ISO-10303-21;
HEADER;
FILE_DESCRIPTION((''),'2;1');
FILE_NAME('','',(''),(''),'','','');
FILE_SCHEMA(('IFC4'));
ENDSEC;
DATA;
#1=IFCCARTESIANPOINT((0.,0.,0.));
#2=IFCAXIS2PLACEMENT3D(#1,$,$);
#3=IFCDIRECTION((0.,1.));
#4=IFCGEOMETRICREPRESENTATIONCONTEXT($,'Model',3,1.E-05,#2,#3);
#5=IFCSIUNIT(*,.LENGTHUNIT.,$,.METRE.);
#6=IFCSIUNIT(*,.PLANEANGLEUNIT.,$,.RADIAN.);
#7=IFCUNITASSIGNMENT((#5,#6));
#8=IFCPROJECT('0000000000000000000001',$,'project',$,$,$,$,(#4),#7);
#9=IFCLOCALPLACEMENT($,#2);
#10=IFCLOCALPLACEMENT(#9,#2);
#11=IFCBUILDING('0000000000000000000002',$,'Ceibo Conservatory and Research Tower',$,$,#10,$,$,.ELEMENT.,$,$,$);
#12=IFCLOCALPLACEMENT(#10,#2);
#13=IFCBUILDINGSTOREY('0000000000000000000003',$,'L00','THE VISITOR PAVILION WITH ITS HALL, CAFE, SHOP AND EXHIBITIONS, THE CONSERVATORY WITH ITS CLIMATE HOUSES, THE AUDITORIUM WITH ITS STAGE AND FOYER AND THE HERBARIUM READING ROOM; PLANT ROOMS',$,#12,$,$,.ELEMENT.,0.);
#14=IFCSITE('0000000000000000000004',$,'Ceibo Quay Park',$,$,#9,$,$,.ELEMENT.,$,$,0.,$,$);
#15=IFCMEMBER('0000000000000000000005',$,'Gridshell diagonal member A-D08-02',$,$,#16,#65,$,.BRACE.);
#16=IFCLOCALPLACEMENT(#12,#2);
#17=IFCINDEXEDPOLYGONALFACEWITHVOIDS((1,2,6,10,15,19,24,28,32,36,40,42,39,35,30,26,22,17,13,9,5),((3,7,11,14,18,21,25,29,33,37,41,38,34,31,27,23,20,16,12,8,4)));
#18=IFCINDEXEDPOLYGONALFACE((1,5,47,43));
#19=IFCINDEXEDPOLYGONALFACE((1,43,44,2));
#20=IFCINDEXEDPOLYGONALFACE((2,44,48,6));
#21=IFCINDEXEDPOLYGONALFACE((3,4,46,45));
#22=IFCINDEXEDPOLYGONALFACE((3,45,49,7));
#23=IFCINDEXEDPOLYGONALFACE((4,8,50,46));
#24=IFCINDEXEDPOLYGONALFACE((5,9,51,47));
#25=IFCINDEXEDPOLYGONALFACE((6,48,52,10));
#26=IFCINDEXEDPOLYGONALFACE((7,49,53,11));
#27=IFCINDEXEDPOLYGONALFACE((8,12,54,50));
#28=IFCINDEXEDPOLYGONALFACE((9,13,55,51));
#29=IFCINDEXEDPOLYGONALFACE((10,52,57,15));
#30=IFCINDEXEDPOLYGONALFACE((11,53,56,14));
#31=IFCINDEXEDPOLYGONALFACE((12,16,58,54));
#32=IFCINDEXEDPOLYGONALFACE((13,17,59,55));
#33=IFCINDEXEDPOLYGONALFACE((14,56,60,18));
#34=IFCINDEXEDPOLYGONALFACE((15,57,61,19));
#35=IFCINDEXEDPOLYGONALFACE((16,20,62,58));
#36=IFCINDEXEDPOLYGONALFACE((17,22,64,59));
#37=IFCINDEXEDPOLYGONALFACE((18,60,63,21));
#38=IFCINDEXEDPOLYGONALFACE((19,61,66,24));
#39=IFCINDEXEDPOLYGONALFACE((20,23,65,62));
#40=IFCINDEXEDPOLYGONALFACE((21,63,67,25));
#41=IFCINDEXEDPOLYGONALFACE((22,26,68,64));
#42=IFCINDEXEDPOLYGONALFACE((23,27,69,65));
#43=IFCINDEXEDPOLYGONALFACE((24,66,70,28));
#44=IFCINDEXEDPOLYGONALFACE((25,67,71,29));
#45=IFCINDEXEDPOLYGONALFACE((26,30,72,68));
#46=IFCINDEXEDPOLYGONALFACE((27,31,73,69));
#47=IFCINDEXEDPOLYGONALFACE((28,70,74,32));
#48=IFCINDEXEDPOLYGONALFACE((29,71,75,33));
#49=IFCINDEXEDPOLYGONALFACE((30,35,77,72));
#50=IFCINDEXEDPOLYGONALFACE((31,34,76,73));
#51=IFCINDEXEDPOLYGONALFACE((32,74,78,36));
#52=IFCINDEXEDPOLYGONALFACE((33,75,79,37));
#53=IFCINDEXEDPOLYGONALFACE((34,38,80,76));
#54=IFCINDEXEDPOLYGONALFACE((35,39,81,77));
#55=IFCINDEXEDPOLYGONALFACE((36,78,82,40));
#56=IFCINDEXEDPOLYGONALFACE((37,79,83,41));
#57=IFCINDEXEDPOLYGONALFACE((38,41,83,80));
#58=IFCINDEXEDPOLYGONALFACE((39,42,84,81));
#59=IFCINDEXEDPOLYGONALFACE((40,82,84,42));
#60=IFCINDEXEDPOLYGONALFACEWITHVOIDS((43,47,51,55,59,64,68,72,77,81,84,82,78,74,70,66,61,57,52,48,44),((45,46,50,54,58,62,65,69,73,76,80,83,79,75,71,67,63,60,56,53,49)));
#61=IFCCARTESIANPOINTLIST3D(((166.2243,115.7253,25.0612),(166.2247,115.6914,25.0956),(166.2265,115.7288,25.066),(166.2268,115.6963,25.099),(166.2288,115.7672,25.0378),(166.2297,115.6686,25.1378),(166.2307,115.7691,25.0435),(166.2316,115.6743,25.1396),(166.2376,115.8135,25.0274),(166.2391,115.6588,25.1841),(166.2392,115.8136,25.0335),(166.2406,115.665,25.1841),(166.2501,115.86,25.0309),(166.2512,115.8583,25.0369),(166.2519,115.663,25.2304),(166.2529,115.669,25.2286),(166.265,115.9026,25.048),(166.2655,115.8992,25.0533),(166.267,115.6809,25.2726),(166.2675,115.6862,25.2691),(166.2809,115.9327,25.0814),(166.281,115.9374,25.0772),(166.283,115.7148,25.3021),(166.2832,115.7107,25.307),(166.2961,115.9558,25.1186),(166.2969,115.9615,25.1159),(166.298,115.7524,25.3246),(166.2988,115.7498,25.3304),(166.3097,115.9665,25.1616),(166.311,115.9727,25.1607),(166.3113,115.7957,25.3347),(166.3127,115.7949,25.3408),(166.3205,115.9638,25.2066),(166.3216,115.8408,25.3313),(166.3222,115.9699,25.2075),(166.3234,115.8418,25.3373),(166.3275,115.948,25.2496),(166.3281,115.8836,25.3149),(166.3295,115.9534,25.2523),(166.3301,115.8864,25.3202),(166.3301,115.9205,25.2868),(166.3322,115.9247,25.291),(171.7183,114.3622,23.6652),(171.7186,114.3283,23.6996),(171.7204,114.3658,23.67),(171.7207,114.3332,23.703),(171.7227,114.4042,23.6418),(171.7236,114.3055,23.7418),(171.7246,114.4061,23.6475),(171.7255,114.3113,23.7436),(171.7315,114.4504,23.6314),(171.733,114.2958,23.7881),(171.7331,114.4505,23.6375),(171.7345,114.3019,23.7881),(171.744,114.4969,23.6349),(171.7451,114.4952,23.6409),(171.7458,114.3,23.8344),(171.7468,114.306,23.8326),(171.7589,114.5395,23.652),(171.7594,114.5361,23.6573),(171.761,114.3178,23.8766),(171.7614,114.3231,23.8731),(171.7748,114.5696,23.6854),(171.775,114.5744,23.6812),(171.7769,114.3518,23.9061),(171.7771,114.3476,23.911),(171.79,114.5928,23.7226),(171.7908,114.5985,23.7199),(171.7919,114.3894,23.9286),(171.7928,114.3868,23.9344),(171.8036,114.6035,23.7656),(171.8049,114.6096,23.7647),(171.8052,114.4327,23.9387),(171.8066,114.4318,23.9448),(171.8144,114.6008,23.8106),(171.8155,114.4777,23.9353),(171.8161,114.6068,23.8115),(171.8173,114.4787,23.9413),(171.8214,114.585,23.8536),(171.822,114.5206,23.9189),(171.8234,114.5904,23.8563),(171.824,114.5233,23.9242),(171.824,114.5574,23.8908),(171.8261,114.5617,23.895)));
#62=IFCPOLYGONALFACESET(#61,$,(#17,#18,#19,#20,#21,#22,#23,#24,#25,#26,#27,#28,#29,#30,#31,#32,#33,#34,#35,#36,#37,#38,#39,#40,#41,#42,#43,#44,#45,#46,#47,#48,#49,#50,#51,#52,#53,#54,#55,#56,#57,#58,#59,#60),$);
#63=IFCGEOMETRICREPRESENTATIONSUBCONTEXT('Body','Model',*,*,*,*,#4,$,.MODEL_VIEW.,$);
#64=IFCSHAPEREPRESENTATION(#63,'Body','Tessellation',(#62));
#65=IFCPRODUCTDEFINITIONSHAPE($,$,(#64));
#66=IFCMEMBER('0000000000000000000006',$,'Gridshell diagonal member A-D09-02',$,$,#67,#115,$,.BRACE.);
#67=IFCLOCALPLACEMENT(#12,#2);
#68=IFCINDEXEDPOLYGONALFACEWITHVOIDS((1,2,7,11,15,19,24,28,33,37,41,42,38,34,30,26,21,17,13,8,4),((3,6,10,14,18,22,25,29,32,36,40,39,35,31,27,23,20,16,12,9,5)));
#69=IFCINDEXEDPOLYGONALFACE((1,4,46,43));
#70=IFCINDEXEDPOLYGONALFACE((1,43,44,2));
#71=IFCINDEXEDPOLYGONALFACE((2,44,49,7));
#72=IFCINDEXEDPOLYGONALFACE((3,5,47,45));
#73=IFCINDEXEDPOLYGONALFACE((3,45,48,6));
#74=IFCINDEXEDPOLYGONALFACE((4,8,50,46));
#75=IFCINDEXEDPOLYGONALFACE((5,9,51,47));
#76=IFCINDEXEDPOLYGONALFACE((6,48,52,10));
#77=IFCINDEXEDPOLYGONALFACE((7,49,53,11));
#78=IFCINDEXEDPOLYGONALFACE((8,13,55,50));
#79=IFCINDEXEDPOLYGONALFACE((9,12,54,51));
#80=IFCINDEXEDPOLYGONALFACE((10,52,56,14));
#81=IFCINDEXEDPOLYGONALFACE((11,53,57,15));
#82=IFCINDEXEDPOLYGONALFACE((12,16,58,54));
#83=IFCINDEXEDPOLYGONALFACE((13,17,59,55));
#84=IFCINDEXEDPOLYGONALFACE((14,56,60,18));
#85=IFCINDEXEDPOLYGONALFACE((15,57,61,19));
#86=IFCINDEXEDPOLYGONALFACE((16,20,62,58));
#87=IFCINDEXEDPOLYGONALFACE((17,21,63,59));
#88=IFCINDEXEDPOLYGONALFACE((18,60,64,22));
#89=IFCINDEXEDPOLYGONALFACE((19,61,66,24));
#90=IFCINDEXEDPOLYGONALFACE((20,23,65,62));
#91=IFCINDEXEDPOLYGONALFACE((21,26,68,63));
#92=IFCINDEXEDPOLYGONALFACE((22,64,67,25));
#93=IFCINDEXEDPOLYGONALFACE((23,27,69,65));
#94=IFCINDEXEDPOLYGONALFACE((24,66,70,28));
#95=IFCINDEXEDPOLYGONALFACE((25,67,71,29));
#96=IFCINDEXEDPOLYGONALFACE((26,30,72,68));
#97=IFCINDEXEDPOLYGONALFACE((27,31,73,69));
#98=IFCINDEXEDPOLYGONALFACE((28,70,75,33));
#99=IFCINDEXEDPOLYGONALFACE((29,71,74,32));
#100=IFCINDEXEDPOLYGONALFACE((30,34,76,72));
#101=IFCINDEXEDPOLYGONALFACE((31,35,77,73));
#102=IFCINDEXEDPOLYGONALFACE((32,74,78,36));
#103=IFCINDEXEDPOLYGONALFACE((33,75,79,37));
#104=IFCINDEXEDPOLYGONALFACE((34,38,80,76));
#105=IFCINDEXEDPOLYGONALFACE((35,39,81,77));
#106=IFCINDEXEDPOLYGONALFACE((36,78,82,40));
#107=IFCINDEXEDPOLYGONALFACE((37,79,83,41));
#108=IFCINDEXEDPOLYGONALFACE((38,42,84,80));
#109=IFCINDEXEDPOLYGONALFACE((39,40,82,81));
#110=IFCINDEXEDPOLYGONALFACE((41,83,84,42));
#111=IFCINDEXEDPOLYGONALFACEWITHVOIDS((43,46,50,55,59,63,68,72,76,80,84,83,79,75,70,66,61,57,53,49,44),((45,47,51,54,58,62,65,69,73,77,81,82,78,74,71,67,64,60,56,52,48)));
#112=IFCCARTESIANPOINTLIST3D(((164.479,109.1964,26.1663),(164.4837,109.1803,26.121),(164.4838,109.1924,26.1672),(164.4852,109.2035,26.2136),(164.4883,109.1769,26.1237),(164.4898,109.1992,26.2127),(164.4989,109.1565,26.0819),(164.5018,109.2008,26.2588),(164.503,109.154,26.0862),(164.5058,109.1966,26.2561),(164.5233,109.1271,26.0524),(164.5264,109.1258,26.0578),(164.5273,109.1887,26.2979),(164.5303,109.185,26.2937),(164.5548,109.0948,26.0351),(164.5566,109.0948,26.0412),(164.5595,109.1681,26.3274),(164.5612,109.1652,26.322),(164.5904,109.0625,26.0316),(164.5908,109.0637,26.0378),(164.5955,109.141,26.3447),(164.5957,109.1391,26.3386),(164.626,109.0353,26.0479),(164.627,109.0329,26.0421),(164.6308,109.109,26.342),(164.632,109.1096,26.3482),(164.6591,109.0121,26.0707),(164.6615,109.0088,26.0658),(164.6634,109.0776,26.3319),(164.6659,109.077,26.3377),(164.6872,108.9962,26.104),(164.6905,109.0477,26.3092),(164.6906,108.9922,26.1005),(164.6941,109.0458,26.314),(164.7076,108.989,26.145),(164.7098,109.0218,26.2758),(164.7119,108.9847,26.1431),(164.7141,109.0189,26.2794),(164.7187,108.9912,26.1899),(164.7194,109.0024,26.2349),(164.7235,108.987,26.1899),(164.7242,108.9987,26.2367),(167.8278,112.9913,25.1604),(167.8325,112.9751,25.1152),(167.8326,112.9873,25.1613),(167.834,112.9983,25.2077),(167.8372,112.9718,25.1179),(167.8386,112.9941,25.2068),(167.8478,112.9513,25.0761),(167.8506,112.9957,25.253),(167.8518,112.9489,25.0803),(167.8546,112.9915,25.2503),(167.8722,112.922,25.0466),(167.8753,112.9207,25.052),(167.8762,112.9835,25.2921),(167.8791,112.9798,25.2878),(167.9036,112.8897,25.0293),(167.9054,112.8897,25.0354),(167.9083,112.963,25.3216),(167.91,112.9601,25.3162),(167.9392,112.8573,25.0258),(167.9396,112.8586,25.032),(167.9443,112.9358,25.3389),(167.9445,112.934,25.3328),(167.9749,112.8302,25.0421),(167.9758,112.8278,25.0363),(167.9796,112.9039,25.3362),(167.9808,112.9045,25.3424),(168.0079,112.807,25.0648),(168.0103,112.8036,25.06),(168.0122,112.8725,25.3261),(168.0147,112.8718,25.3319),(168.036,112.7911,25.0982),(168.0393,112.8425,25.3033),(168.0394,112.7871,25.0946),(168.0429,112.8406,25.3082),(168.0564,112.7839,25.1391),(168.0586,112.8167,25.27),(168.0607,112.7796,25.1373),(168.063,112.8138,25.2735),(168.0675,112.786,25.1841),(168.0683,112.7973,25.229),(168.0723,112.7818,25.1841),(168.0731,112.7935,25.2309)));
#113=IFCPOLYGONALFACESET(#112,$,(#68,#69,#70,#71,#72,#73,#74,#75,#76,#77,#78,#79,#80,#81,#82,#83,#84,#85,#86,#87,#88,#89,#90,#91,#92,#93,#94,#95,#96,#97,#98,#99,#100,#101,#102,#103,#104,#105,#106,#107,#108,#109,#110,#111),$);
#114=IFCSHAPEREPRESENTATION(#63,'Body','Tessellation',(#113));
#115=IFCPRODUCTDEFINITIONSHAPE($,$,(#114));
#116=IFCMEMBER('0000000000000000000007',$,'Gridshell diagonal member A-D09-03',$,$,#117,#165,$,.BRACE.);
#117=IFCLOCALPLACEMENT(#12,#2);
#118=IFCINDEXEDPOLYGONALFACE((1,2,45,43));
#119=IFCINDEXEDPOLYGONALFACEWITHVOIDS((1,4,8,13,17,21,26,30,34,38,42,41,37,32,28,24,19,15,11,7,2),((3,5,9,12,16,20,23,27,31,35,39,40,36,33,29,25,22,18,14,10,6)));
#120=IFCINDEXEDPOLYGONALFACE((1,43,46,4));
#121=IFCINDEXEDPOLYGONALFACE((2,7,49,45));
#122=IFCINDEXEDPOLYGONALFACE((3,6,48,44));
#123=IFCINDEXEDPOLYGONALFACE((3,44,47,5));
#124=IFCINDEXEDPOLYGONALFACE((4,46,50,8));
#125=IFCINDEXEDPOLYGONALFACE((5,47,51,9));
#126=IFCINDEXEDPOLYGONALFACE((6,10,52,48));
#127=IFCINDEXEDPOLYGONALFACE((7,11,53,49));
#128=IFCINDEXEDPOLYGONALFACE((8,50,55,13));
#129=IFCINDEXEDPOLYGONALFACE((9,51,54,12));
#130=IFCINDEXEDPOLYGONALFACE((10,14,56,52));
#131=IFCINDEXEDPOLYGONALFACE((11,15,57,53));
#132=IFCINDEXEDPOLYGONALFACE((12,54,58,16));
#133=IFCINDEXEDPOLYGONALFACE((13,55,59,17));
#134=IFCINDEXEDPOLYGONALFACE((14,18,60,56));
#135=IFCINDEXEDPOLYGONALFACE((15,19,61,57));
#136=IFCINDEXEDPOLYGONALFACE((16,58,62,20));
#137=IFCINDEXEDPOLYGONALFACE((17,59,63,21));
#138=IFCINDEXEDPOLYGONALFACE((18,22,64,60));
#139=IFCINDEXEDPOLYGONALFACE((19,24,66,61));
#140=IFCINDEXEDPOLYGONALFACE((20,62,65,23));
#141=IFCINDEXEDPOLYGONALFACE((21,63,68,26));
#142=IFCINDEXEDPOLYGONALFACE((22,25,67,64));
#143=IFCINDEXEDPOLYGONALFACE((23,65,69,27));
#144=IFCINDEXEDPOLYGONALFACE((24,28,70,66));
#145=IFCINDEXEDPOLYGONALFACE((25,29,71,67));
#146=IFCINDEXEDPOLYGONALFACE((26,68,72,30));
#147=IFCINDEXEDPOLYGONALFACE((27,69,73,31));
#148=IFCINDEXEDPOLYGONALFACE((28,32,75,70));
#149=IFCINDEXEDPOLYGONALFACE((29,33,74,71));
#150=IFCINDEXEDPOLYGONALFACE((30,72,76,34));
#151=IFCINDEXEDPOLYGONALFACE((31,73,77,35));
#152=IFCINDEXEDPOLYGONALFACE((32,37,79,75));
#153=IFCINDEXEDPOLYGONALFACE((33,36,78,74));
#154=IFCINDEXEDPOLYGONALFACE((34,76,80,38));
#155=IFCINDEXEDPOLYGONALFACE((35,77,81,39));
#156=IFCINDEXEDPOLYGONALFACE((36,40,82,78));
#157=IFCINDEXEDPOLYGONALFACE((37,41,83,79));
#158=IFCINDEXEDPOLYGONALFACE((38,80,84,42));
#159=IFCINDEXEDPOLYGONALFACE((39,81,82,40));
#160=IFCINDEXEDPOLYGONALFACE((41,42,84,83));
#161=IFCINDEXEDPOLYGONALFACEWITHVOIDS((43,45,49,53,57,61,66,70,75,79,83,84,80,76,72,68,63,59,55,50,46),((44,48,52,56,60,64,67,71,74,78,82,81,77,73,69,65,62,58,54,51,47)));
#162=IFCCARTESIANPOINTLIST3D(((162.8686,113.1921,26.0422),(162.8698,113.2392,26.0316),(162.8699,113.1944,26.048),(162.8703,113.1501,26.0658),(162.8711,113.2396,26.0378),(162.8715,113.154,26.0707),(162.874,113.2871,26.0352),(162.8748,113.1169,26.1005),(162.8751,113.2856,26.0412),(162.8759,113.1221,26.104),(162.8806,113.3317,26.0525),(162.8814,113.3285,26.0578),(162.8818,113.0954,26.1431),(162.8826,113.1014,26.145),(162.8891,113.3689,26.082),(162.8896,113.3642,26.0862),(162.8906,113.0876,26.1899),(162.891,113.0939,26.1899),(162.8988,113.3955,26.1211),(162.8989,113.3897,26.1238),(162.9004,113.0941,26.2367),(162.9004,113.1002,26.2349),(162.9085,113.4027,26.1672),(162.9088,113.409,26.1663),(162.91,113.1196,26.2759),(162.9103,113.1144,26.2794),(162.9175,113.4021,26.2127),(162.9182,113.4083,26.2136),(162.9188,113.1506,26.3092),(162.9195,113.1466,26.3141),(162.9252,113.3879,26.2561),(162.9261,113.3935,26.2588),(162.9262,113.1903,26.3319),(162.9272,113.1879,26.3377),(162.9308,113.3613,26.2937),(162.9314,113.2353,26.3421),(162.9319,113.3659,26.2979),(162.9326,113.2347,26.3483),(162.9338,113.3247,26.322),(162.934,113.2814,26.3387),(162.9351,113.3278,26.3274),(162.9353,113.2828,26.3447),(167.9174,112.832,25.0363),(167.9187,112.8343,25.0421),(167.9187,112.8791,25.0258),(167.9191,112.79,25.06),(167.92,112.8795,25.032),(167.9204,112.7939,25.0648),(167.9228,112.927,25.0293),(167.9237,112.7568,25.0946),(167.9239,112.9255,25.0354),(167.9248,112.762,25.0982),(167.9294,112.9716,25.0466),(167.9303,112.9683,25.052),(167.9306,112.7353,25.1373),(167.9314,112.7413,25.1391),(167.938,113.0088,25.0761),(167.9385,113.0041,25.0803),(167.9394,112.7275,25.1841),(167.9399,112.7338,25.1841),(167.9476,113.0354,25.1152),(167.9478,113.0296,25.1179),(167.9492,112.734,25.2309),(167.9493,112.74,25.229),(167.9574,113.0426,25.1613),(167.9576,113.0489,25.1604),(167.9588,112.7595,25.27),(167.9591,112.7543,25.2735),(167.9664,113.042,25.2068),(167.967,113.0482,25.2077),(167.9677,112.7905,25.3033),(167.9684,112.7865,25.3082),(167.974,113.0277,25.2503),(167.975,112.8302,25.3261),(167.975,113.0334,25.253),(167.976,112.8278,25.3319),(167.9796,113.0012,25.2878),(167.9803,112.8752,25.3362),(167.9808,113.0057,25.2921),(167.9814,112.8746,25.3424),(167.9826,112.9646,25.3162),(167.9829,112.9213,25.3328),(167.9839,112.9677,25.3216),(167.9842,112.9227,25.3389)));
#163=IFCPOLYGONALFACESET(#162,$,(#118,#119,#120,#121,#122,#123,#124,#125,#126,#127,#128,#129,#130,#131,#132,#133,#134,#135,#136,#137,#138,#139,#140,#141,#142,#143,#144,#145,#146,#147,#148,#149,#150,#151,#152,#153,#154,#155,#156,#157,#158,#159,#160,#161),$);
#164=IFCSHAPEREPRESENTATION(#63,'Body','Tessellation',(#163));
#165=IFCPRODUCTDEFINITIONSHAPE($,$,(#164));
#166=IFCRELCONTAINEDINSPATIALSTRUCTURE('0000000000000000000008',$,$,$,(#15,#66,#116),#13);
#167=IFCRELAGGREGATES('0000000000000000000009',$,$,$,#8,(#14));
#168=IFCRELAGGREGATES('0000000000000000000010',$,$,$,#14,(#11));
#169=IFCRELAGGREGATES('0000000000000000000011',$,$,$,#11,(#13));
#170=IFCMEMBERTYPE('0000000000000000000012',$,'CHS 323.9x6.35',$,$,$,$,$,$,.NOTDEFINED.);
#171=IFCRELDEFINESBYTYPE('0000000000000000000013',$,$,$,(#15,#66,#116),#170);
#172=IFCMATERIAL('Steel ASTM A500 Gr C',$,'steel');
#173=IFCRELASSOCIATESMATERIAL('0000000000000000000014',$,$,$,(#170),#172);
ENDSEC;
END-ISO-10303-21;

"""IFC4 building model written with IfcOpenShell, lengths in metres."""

from ifc_helpers import new_model, si_unit, direction, frame, origin, origin_2d, place, context, subcontext, project, spatial, hollow_circle, extrude, material, material_profile, profile_set, type_object, element, save


model = new_model("IFC4")

# Units and contexts
model_context = context("Model", 3, precision=1e-05, world=origin(), true_north=direction((0.0, 1.0)))
body_context = subcontext(model_context, "Body", "Model", "MODEL_VIEW")
ifc_project = project(units=[si_unit("LENGTHUNIT", "METRE"), si_unit("PLANEANGLEUNIT", "RADIAN")], contexts=[model_context])

# Site, building, storey
site_placement = place(None, origin())
site = spatial("IfcSite", under=ifc_project, at=site_placement, Name="Ceibo Quay Park", CompositionType="ELEMENT", RefElevation=0.0)
building_placement = place(site_placement, origin())
building = spatial("IfcBuilding", under=site, at=building_placement, Name="Ceibo Conservatory and Research Tower", CompositionType="ELEMENT")
storey_placement = place(building_placement, origin())
storey = spatial("IfcBuildingStorey", under=building, at=storey_placement, Name="L00", Description="THE VISITOR PAVILION WITH ITS HALL, CAFE, SHOP AND EXHIBITIONS, THE CONSERVATORY WITH ITS CLIMATE HOUSES, THE AUDITORIUM WITH ITS STAGE AND FOYER AND THE HERBARIUM READING ROOM; PLANT ROOMS", CompositionType="ELEMENT", Elevation=0.0)

# Members
ifc_material_1 = material(Name="Steel ASTM A500 Gr C", Category="steel")
ifc_material_profile_1 = material_profile(ifc_material_1, hollow_circle(Radius=0.1619, WallThickness=0.0063, at=origin_2d()), Name="CHS 323.9x6.35")
ifc_profile_set_1 = profile_set([ifc_material_profile_1], Name="Steel ASTM A500 Gr C")
member_type_1 = type_object("IfcMemberType", Name="CHS 323.9x6.35", PredefinedType="NOTDEFINED", material=ifc_profile_set_1)
for number, where, z_axis, x_axis, name in (
    (1, (171.772, 114.4529, 23.7881), (-0.94234, 0.233795, 0.239448), (-0.2408, -0.970575, 0.0), "Gridshell diagonal member A-D08-02"),
):
    element("IfcMember", number, at=place(storey_placement, frame(where, z_axis=z_axis, x_axis=x_axis)), inside=storey, type_object=member_type_1, Name=name, PredefinedType="BRACE", context=body_context, shape_type="SweptSolid", body=[
        extrude(hollow_circle(Radius=0.1619, WallThickness=0.0063, at=origin_2d()), origin(), (0.0, 0.0, 1.0), 5.8301),
    ])
member_1_placement = place(storey_placement, frame((167.9509, 112.8889, 25.1841), z_axis=(-0.648976, -0.735415, 0.194925), x_axis=(0.749797, -0.661668, 0.0)))
element("IfcMember", 2, at=member_1_placement, inside=storey, type_object=member_type_1, Name="Gridshell diagonal member A-D09-02", PredefinedType="BRACE", context=body_context, shape_type="SweptSolid", body=[
    extrude(hollow_circle(Radius=0.1619, WallThickness=0.0063, at=origin_2d()), origin(), (0.0, 0.0, 1.0), 5.1602),
])
member_2_placement = place(storey_placement, frame((167.9509, 112.8889, 25.1841), z_axis=(-0.978336, 0.06978, 0.19491), x_axis=(-0.071144, -0.997466, 0.0)))
element("IfcMember", 3, at=member_2_placement, inside=storey, type_object=member_type_1, Name="Gridshell diagonal member A-D09-03", PredefinedType="BRACE", context=body_context, shape_type="SweptSolid", body=[
    extrude(hollow_circle(Radius=0.1619, WallThickness=0.0063, at=origin_2d()), origin(), (0.0, 0.0, 1.0), 5.1606),
])

save(model, "model.ifc")
